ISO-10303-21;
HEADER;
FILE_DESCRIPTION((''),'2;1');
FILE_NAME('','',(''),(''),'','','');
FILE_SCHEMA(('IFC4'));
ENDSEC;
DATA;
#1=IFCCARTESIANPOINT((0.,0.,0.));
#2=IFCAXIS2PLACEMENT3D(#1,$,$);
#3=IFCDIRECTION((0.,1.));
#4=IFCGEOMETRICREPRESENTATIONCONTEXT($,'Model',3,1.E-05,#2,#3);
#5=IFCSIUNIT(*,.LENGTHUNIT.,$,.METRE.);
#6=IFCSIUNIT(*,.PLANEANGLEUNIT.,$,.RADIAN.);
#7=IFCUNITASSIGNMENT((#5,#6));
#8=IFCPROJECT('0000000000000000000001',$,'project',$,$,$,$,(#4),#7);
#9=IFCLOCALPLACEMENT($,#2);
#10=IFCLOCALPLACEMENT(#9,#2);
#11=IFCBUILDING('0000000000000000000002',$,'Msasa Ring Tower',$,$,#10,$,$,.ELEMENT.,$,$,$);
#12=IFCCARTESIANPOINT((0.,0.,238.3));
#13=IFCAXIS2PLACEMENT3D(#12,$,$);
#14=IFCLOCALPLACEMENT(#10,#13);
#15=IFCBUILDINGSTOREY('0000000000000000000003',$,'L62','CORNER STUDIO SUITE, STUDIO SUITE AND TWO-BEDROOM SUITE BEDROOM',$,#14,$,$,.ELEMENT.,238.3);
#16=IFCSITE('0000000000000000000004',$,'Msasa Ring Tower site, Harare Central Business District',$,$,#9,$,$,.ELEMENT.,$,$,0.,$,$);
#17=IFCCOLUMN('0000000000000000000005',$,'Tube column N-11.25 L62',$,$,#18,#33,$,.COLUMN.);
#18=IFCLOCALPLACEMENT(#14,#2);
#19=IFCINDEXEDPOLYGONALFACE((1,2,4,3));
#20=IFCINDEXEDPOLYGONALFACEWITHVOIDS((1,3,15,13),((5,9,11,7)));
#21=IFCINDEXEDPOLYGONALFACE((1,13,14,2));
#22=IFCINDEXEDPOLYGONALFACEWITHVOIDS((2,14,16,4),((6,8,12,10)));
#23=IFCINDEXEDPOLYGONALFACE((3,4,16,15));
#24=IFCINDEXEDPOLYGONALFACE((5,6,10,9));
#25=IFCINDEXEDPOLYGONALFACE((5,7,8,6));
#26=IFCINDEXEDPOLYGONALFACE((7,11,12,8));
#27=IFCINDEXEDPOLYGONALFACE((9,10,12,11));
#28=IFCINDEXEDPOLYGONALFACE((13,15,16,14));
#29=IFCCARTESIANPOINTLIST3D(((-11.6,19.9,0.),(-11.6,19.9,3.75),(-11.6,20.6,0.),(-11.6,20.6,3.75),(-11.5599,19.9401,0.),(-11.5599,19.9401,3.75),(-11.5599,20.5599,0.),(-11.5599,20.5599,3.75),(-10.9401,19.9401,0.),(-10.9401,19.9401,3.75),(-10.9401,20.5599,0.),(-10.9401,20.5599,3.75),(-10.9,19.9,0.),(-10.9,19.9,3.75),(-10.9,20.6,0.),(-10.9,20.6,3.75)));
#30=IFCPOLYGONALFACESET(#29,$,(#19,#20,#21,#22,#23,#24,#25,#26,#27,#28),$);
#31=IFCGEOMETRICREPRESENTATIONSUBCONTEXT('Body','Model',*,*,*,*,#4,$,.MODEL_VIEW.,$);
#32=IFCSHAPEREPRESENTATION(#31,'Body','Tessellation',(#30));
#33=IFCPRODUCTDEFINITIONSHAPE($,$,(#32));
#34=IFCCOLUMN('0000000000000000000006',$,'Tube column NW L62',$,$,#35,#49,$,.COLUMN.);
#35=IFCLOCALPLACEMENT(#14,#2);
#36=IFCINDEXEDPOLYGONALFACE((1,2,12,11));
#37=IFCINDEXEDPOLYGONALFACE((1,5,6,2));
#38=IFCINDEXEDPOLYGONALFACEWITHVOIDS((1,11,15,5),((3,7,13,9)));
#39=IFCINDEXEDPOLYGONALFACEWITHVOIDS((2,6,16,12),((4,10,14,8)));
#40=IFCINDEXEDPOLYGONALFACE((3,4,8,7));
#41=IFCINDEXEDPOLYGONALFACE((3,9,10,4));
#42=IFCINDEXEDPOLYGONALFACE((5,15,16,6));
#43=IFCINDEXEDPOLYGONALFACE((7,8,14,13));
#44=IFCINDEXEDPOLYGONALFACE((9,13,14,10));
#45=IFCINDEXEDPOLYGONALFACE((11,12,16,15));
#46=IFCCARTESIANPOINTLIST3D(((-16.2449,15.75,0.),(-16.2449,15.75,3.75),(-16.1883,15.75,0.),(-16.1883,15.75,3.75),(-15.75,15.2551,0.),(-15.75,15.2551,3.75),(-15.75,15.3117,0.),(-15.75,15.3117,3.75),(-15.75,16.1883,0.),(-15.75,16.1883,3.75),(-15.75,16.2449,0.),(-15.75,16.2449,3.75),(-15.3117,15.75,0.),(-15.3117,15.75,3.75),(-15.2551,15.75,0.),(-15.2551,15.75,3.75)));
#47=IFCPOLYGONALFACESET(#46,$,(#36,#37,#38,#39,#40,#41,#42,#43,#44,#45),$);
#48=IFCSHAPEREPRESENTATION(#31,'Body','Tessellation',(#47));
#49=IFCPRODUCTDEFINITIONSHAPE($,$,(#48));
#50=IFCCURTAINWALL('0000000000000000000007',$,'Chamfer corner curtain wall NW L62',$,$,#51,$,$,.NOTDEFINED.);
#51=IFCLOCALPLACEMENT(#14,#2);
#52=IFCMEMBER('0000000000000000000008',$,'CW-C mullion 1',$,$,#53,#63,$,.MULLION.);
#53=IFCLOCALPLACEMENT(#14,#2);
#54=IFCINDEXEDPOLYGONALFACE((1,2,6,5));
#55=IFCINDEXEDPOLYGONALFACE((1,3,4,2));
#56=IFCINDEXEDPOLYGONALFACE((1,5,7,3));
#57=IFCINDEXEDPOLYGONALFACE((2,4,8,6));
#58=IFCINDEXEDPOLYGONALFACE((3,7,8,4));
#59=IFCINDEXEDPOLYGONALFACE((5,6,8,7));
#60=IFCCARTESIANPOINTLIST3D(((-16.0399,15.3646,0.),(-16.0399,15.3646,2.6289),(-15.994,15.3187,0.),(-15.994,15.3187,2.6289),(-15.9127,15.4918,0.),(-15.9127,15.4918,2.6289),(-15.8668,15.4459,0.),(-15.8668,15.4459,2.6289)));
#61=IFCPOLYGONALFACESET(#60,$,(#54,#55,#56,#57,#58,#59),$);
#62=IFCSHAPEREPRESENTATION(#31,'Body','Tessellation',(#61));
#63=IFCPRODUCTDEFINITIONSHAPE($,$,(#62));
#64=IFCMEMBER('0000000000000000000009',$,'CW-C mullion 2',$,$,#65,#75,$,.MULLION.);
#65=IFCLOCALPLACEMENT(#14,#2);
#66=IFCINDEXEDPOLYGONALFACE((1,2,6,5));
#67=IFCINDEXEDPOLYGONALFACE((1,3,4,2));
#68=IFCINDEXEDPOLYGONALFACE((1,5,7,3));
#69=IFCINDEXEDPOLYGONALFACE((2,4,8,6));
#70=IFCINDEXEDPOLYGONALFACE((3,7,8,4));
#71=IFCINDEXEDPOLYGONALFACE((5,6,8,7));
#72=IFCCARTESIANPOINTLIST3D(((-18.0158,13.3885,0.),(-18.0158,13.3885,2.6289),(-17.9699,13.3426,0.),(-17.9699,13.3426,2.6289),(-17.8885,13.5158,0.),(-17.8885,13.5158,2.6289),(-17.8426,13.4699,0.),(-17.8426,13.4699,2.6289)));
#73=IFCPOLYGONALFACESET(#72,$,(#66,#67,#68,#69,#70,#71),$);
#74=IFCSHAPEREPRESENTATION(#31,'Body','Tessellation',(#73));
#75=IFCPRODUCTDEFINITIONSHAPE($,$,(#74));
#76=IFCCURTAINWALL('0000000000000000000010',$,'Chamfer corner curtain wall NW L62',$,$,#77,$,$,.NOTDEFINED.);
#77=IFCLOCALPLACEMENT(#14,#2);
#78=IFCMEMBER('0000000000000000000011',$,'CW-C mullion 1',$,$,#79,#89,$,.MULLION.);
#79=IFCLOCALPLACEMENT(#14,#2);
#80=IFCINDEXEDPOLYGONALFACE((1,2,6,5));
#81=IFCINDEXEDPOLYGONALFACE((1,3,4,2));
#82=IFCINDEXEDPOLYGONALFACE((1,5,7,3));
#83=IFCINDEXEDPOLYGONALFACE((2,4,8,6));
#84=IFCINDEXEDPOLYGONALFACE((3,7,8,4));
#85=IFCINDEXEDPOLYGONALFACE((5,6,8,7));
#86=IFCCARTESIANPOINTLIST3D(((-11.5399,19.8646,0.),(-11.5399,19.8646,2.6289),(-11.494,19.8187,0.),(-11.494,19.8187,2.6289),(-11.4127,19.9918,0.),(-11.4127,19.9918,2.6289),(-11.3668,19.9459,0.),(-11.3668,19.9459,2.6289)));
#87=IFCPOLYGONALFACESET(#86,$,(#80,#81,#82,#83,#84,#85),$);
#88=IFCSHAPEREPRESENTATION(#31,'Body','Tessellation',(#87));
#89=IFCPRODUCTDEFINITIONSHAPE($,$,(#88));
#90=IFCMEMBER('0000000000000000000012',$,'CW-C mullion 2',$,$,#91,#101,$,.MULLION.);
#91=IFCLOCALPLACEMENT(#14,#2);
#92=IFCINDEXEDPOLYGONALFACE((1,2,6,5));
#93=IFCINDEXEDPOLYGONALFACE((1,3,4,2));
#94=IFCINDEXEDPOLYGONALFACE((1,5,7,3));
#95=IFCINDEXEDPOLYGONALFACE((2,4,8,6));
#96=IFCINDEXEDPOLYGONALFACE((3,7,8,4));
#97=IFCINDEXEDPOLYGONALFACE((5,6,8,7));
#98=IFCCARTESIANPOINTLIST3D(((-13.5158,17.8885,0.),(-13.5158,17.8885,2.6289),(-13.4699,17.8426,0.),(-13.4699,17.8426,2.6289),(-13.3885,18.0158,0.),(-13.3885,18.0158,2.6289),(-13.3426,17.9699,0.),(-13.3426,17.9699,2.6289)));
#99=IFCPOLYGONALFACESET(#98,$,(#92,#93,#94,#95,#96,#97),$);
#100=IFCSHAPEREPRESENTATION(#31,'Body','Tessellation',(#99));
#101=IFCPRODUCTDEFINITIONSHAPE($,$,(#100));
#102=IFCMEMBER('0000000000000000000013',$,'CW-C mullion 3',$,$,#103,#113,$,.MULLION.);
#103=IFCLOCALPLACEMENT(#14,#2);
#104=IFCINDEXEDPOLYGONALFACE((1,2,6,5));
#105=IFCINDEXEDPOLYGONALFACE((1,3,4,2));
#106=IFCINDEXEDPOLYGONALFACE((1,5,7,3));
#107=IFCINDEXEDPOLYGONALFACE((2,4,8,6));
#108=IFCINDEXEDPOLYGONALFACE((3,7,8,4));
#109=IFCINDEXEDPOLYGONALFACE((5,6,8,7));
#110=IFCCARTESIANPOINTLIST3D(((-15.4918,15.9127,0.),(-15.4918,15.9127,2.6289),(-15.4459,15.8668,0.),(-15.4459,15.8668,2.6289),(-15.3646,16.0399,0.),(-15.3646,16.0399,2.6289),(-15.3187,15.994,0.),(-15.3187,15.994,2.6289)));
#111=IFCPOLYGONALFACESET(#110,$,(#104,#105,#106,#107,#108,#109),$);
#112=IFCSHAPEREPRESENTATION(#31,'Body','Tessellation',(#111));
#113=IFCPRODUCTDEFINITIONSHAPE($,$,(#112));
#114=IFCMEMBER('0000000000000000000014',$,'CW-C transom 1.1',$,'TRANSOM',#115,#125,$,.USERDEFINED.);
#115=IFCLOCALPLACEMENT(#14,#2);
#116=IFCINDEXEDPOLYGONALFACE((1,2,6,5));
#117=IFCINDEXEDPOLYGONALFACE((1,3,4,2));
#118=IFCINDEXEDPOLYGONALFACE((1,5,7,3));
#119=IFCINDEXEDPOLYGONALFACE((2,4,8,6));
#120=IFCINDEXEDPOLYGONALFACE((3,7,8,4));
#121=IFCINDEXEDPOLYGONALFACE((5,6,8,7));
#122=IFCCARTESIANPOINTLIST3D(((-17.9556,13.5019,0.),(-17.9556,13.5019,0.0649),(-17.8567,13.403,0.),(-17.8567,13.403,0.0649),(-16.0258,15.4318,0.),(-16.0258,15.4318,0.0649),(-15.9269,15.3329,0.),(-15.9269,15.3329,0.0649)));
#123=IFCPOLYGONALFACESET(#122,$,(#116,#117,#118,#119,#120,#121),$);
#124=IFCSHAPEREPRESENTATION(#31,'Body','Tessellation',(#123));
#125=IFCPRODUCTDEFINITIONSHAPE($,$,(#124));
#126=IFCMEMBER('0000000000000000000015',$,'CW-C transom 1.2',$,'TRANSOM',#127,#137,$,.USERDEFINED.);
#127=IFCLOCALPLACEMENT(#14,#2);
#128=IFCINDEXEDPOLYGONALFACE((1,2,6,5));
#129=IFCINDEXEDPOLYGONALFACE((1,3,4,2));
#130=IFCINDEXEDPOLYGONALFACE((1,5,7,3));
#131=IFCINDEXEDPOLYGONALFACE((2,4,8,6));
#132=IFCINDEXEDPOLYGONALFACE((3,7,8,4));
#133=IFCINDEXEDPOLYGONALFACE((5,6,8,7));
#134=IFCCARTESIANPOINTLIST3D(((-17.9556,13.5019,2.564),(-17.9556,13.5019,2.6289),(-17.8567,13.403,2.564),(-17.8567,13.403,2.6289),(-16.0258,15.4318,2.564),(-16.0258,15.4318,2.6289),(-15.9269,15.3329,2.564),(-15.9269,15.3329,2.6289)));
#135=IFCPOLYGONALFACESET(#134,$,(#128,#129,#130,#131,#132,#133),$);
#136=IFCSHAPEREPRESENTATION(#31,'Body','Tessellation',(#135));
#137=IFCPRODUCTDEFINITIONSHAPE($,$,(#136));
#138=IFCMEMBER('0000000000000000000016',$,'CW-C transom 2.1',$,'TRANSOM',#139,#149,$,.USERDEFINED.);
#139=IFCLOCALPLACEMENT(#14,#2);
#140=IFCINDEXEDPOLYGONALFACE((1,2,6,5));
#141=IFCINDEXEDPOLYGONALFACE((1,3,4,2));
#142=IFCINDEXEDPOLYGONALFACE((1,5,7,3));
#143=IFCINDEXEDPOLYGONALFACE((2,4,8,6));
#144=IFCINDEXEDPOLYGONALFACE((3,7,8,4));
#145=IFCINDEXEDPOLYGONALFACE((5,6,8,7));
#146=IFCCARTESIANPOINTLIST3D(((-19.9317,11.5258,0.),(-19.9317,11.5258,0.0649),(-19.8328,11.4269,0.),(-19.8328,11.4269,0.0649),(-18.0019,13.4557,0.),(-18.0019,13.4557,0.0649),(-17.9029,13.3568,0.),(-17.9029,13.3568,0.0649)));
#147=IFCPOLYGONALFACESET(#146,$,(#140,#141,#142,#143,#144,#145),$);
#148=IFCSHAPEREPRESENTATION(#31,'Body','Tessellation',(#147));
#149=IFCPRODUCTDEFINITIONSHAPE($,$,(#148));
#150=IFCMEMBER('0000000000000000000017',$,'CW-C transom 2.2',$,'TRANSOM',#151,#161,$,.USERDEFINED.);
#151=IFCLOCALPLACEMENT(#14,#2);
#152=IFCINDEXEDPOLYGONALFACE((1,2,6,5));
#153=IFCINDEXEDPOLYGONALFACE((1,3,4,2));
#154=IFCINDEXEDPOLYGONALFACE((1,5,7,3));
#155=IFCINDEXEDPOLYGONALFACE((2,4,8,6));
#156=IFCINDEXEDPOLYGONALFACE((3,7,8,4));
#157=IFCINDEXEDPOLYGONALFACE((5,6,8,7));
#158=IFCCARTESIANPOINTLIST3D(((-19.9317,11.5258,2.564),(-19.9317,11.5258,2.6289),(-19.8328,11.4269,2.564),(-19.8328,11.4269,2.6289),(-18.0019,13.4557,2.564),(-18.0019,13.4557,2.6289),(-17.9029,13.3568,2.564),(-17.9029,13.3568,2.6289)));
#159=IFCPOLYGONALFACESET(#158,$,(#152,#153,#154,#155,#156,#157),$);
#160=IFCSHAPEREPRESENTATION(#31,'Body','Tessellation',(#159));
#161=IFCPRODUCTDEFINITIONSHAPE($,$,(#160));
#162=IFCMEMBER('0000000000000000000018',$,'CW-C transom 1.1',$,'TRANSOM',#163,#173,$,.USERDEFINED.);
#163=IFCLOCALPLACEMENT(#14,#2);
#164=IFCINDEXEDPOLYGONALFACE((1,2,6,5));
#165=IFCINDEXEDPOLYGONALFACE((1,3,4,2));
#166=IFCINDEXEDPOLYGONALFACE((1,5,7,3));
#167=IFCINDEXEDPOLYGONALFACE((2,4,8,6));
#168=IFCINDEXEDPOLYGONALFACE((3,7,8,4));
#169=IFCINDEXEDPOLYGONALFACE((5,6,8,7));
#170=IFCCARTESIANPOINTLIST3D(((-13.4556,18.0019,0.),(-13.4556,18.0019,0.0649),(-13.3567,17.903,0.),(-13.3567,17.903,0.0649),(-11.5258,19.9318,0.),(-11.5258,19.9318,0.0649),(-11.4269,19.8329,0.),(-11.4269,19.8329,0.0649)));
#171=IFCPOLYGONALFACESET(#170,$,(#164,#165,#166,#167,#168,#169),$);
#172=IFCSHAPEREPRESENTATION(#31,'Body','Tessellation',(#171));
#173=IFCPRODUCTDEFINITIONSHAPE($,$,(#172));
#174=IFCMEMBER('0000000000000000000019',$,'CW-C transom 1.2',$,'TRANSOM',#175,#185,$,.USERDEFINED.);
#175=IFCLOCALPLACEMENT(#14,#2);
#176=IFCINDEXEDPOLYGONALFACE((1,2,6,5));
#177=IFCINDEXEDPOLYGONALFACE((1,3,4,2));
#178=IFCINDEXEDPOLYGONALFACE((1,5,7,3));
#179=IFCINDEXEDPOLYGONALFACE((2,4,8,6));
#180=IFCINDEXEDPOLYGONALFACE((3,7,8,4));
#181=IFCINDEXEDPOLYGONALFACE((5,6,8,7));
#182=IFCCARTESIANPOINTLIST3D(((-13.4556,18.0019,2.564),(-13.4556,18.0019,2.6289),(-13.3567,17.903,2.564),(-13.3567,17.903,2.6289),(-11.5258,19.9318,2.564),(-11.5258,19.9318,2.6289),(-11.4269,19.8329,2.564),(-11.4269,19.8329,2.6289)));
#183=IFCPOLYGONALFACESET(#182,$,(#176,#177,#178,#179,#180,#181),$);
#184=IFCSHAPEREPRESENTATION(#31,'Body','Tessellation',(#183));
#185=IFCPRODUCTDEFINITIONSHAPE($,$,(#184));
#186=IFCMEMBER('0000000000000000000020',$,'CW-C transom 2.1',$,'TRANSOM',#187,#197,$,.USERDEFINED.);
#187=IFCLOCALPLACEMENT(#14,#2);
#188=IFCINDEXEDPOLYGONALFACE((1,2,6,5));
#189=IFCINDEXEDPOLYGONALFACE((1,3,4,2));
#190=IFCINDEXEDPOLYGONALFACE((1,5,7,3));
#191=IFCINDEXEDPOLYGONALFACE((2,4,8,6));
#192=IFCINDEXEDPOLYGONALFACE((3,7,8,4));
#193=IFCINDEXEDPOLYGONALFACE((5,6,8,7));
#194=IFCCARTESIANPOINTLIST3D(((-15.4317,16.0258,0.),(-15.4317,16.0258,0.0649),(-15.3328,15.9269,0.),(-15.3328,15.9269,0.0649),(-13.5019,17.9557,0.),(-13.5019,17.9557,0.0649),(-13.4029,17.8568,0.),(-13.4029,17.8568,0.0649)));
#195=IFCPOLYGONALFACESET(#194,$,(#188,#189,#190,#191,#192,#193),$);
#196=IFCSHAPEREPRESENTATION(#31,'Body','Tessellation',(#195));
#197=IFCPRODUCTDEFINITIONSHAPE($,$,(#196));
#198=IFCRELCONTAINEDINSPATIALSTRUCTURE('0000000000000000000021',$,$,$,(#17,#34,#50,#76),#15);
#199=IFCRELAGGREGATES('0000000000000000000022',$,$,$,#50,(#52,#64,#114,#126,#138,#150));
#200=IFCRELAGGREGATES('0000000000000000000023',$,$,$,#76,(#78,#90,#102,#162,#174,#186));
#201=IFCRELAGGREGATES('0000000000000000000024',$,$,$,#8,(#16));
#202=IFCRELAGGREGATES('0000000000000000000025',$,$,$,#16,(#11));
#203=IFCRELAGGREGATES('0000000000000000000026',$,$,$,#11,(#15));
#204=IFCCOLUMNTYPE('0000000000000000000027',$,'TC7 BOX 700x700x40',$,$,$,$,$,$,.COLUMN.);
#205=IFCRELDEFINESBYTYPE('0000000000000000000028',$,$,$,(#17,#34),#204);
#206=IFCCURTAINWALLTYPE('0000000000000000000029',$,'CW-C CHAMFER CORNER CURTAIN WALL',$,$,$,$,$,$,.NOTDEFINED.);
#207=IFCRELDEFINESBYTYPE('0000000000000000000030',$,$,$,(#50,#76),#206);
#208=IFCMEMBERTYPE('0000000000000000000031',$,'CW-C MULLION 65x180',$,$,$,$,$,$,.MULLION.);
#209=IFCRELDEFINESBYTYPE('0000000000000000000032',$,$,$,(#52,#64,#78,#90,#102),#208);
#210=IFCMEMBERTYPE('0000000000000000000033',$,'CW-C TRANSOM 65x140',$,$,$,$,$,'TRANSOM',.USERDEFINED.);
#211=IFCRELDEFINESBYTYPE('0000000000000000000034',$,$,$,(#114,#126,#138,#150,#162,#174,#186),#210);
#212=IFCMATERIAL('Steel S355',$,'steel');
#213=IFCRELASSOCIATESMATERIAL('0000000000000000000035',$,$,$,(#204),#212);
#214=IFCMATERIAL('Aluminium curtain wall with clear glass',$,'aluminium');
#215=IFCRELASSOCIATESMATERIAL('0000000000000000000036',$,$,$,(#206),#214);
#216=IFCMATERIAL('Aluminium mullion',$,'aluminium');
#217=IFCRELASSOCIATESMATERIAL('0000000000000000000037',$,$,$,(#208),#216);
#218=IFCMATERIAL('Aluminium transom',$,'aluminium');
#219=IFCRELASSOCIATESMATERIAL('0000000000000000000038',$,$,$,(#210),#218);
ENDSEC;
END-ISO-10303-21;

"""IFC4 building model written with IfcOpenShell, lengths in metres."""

from ifc_helpers import new_model, si_unit, direction, frame, origin, origin_2d, place, context, subcontext, project, spatial, rectangle, hollow_rectangle, extrude, material, material_profile, profile_set, type_object, element, aggregate, save


model = new_model("IFC4")

# Units and contexts
model_context = context("Model", 3, precision=1e-05, world=origin(), true_north=direction((0.0, 1.0)))
body_context = subcontext(model_context, "Body", "Model", "MODEL_VIEW")
ifc_project = project(units=[si_unit("LENGTHUNIT", "METRE"), si_unit("PLANEANGLEUNIT", "RADIAN")], contexts=[model_context])

# Site, building, storey
site_placement = place(None, origin())
site = spatial("IfcSite", under=ifc_project, at=site_placement, Name="Msasa Ring Tower site, Harare Central Business District", CompositionType="ELEMENT", RefElevation=0.0)
building_placement = place(site_placement, origin())
building = spatial("IfcBuilding", under=site, at=building_placement, Name="Msasa Ring Tower", CompositionType="ELEMENT")
storey_placement = place(building_placement, frame((0.0, 0.0, 238.3)))
storey = spatial("IfcBuildingStorey", under=building, at=storey_placement, Name="L62", Description="CORNER STUDIO SUITE, STUDIO SUITE AND TWO-BEDROOM SUITE BEDROOM", CompositionType="ELEMENT", Elevation=238.3)

# Columns
ifc_material_1 = material(Name="Steel S355", Category="steel")
ifc_material_profile_1 = material_profile(ifc_material_1, hollow_rectangle(XDim=0.7, YDim=0.7, WallThickness=0.04, at=origin_2d()), Name="BOX 700x700x40")
ifc_profile_set_1 = profile_set([ifc_material_profile_1], Name="Steel S355")
column_type = type_object("IfcColumnType", Name="TC7 BOX 700x700x40", PredefinedType="COLUMN", material=ifc_profile_set_1)
for number, where, z_axis, x_axis, name in (
    (1, (-11.25, 20.25, 0.0), (0.0, 0.0, 1.0), (0.0, 1.0, 0.0), "Tube column N-11.25 L62"),
    (2, (-15.75, 15.75, 0.0), (0.0, 0.0, 1.0), (0.707107, -0.707107, 0.0), "Tube column NW L62"),
):
    element("IfcColumn", number, at=place(storey_placement, frame(where, z_axis=z_axis, x_axis=x_axis)), inside=storey, type_object=column_type, Name=name, PredefinedType="COLUMN", context=body_context, shape_type="SweptSolid", body=[
        extrude(hollow_rectangle(XDim=0.7, YDim=0.7, WallThickness=0.04, at=origin_2d()), origin(), (0.0, 0.0, 1.0), 3.75),
    ])

# Curtain walls, members
ifc_material_2 = material(Name="Aluminium curtain wall with clear glass", Category="aluminium")
curtain_wall_type = type_object("IfcCurtainWallType", Name="CW-C CHAMFER CORNER CURTAIN WALL", PredefinedType="NOTDEFINED", material=ifc_material_2)
curtain_wall_1_placement = place(storey_placement, origin())
curtain_wall_1 = element("IfcCurtainWall", 3, at=curtain_wall_1_placement, inside=storey, type_object=curtain_wall_type, Name="Chamfer corner curtain wall NW L62", PredefinedType="NOTDEFINED")
ifc_material_3 = material(Name="Aluminium mullion", Category="aluminium")
ifc_material_profile_2 = material_profile(ifc_material_3, rectangle(XDim=0.0649, YDim=0.1799, at=origin_2d()), Name="AL 65x180")
ifc_profile_set_2 = profile_set([ifc_material_profile_2], Name="Aluminium mullion")
member_type_1 = type_object("IfcMemberType", Name="CW-C MULLION 65x180", PredefinedType="MULLION", material=ifc_profile_set_2)
member_1_placement = place(storey_placement, frame((-15.9534, 15.4053, 0.0), z_axis=(0.0, 0.0, 1.0), x_axis=(0.707107, -0.707107, 0.0)))
member_1 = element("IfcMember", 4, at=member_1_placement, type_object=member_type_1, Name="CW-C mullion 1", PredefinedType="MULLION", context=body_context, shape_type="SweptSolid", body=[
    extrude(rectangle(XDim=0.0649, YDim=0.1799, at=origin_2d()), origin(), (0.0, 0.0, 1.0), 2.6289),
])
member_2_placement = place(storey_placement, frame((-17.9292, 13.4292, 0.0), z_axis=(0.0, 0.0, 1.0), x_axis=(0.707107, -0.707107, 0.0)))
member_2 = element("IfcMember", 5, at=member_2_placement, type_object=member_type_1, Name="CW-C mullion 2", PredefinedType="MULLION", context=body_context, shape_type="SweptSolid", body=[
    extrude(rectangle(XDim=0.0649, YDim=0.1799, at=origin_2d()), origin(), (0.0, 0.0, 1.0), 2.6289),
])
curtain_wall_2_placement = place(storey_placement, origin())
curtain_wall_2 = element("IfcCurtainWall", 6, at=curtain_wall_2_placement, inside=storey, type_object=curtain_wall_type, Name="Chamfer corner curtain wall NW L62", PredefinedType="NOTDEFINED")
member_3_placement = place(storey_placement, frame((-11.4534, 19.9053, 0.0), z_axis=(0.0, 0.0, 1.0), x_axis=(0.707107, -0.707107, 0.0)))
member_3 = element("IfcMember", 7, at=member_3_placement, type_object=member_type_1, Name="CW-C mullion 1", PredefinedType="MULLION", context=body_context, shape_type="SweptSolid", body=[
    extrude(rectangle(XDim=0.0649, YDim=0.1799, at=origin_2d()), origin(), (0.0, 0.0, 1.0), 2.6289),
])
member_4_placement = place(storey_placement, frame((-13.4292, 17.9292, 0.0), z_axis=(0.0, 0.0, 1.0), x_axis=(0.707107, -0.707107, 0.0)))
member_4 = element("IfcMember", 8, at=member_4_placement, type_object=member_type_1, Name="CW-C mullion 2", PredefinedType="MULLION", context=body_context, shape_type="SweptSolid", body=[
    extrude(rectangle(XDim=0.0649, YDim=0.1799, at=origin_2d()), origin(), (0.0, 0.0, 1.0), 2.6289),
])
member_5_placement = place(storey_placement, frame((-15.4053, 15.9534, 0.0), z_axis=(0.0, 0.0, 1.0), x_axis=(0.707107, -0.707107, 0.0)))
member_5 = element("IfcMember", 9, at=member_5_placement, type_object=member_type_1, Name="CW-C mullion 3", PredefinedType="MULLION", context=body_context, shape_type="SweptSolid", body=[
    extrude(rectangle(XDim=0.0649, YDim=0.1799, at=origin_2d()), origin(), (0.0, 0.0, 1.0), 2.6289),
])

# Members
ifc_material_4 = material(Name="Aluminium transom", Category="aluminium")
ifc_material_profile_3 = material_profile(ifc_material_4, rectangle(XDim=0.1399, YDim=0.0649, at=origin_2d()), Name="AL 65x140")
ifc_profile_set_3 = profile_set([ifc_material_profile_3], Name="Aluminium transom")
member_type_2 = type_object("IfcMemberType", Name="CW-C TRANSOM 65x140", ElementType="TRANSOM", PredefinedType="USERDEFINED", material=ifc_profile_set_3)
member_6_placement = place(storey_placement, frame((-15.9763, 15.3823, 0.0325), z_axis=(-0.707107, -0.707107, 0.0), x_axis=(0.707107, -0.707107, 0.0)))
member_6 = element("IfcMember", 10, at=member_6_placement, type_object=member_type_2, Name="CW-C transom 1.1", ObjectType="TRANSOM", PredefinedType="USERDEFINED", context=body_context, shape_type="SweptSolid", body=[
    extrude(rectangle(XDim=0.1399, YDim=0.0649, at=origin_2d()), origin(), (0.0, 0.0, 1.0), 2.7292),
])
member_7_placement = place(storey_placement, frame((-15.9763, 15.3823, 2.5964), z_axis=(-0.707107, -0.707107, 0.0), x_axis=(0.707107, -0.707107, 0.0)))
member_7 = element("IfcMember", 11, at=member_7_placement, type_object=member_type_2, Name="CW-C transom 1.2", ObjectType="TRANSOM", PredefinedType="USERDEFINED", context=body_context, shape_type="SweptSolid", body=[
    extrude(rectangle(XDim=0.1399, YDim=0.0649, at=origin_2d()), origin(), (0.0, 0.0, 1.0), 2.7292),
])
member_8_placement = place(storey_placement, frame((-17.9524, 13.4062, 0.0325), z_axis=(-0.707107, -0.707107, 0.0), x_axis=(0.707107, -0.707107, 0.0)))
member_8 = element("IfcMember", 12, at=member_8_placement, type_object=member_type_2, Name="CW-C transom 2.1", ObjectType="TRANSOM", PredefinedType="USERDEFINED", context=body_context, shape_type="SweptSolid", body=[
    extrude(rectangle(XDim=0.1399, YDim=0.0649, at=origin_2d()), origin(), (0.0, 0.0, 1.0), 2.7292),
])
member_9_placement = place(storey_placement, frame((-17.9524, 13.4062, 2.5964), z_axis=(-0.707107, -0.707107, 0.0), x_axis=(0.707107, -0.707107, 0.0)))
member_9 = element("IfcMember", 13, at=member_9_placement, type_object=member_type_2, Name="CW-C transom 2.2", ObjectType="TRANSOM", PredefinedType="USERDEFINED", context=body_context, shape_type="SweptSolid", body=[
    extrude(rectangle(XDim=0.1399, YDim=0.0649, at=origin_2d()), origin(), (0.0, 0.0, 1.0), 2.7292),
])
member_10_placement = place(storey_placement, frame((-11.4763, 19.8823, 0.0325), z_axis=(-0.707107, -0.707107, 0.0), x_axis=(0.707107, -0.707107, 0.0)))
member_10 = element("IfcMember", 14, at=member_10_placement, type_object=member_type_2, Name="CW-C transom 1.1", ObjectType="TRANSOM", PredefinedType="USERDEFINED", context=body_context, shape_type="SweptSolid", body=[
    extrude(rectangle(XDim=0.1399, YDim=0.0649, at=origin_2d()), origin(), (0.0, 0.0, 1.0), 2.7292),
])
member_11_placement = place(storey_placement, frame((-11.4763, 19.8823, 2.5964), z_axis=(-0.707107, -0.707107, 0.0), x_axis=(0.707107, -0.707107, 0.0)))
member_11 = element("IfcMember", 15, at=member_11_placement, type_object=member_type_2, Name="CW-C transom 1.2", ObjectType="TRANSOM", PredefinedType="USERDEFINED", context=body_context, shape_type="SweptSolid", body=[
    extrude(rectangle(XDim=0.1399, YDim=0.0649, at=origin_2d()), origin(), (0.0, 0.0, 1.0), 2.7292),
])
member_12_placement = place(storey_placement, frame((-13.4524, 17.9062, 0.0325), z_axis=(-0.707107, -0.707107, 0.0), x_axis=(0.707107, -0.707107, 0.0)))
member_12 = element("IfcMember", 16, at=member_12_placement, type_object=member_type_2, Name="CW-C transom 2.1", ObjectType="TRANSOM", PredefinedType="USERDEFINED", context=body_context, shape_type="SweptSolid", body=[
    extrude(rectangle(XDim=0.1399, YDim=0.0649, at=origin_2d()), origin(), (0.0, 0.0, 1.0), 2.7292),
])

aggregate(curtain_wall_1, [member_1, member_2, member_6, member_7, member_8, member_9])
aggregate(curtain_wall_2, [member_3, member_4, member_5, member_10, member_11, member_12])

save(model, "model.ifc")
